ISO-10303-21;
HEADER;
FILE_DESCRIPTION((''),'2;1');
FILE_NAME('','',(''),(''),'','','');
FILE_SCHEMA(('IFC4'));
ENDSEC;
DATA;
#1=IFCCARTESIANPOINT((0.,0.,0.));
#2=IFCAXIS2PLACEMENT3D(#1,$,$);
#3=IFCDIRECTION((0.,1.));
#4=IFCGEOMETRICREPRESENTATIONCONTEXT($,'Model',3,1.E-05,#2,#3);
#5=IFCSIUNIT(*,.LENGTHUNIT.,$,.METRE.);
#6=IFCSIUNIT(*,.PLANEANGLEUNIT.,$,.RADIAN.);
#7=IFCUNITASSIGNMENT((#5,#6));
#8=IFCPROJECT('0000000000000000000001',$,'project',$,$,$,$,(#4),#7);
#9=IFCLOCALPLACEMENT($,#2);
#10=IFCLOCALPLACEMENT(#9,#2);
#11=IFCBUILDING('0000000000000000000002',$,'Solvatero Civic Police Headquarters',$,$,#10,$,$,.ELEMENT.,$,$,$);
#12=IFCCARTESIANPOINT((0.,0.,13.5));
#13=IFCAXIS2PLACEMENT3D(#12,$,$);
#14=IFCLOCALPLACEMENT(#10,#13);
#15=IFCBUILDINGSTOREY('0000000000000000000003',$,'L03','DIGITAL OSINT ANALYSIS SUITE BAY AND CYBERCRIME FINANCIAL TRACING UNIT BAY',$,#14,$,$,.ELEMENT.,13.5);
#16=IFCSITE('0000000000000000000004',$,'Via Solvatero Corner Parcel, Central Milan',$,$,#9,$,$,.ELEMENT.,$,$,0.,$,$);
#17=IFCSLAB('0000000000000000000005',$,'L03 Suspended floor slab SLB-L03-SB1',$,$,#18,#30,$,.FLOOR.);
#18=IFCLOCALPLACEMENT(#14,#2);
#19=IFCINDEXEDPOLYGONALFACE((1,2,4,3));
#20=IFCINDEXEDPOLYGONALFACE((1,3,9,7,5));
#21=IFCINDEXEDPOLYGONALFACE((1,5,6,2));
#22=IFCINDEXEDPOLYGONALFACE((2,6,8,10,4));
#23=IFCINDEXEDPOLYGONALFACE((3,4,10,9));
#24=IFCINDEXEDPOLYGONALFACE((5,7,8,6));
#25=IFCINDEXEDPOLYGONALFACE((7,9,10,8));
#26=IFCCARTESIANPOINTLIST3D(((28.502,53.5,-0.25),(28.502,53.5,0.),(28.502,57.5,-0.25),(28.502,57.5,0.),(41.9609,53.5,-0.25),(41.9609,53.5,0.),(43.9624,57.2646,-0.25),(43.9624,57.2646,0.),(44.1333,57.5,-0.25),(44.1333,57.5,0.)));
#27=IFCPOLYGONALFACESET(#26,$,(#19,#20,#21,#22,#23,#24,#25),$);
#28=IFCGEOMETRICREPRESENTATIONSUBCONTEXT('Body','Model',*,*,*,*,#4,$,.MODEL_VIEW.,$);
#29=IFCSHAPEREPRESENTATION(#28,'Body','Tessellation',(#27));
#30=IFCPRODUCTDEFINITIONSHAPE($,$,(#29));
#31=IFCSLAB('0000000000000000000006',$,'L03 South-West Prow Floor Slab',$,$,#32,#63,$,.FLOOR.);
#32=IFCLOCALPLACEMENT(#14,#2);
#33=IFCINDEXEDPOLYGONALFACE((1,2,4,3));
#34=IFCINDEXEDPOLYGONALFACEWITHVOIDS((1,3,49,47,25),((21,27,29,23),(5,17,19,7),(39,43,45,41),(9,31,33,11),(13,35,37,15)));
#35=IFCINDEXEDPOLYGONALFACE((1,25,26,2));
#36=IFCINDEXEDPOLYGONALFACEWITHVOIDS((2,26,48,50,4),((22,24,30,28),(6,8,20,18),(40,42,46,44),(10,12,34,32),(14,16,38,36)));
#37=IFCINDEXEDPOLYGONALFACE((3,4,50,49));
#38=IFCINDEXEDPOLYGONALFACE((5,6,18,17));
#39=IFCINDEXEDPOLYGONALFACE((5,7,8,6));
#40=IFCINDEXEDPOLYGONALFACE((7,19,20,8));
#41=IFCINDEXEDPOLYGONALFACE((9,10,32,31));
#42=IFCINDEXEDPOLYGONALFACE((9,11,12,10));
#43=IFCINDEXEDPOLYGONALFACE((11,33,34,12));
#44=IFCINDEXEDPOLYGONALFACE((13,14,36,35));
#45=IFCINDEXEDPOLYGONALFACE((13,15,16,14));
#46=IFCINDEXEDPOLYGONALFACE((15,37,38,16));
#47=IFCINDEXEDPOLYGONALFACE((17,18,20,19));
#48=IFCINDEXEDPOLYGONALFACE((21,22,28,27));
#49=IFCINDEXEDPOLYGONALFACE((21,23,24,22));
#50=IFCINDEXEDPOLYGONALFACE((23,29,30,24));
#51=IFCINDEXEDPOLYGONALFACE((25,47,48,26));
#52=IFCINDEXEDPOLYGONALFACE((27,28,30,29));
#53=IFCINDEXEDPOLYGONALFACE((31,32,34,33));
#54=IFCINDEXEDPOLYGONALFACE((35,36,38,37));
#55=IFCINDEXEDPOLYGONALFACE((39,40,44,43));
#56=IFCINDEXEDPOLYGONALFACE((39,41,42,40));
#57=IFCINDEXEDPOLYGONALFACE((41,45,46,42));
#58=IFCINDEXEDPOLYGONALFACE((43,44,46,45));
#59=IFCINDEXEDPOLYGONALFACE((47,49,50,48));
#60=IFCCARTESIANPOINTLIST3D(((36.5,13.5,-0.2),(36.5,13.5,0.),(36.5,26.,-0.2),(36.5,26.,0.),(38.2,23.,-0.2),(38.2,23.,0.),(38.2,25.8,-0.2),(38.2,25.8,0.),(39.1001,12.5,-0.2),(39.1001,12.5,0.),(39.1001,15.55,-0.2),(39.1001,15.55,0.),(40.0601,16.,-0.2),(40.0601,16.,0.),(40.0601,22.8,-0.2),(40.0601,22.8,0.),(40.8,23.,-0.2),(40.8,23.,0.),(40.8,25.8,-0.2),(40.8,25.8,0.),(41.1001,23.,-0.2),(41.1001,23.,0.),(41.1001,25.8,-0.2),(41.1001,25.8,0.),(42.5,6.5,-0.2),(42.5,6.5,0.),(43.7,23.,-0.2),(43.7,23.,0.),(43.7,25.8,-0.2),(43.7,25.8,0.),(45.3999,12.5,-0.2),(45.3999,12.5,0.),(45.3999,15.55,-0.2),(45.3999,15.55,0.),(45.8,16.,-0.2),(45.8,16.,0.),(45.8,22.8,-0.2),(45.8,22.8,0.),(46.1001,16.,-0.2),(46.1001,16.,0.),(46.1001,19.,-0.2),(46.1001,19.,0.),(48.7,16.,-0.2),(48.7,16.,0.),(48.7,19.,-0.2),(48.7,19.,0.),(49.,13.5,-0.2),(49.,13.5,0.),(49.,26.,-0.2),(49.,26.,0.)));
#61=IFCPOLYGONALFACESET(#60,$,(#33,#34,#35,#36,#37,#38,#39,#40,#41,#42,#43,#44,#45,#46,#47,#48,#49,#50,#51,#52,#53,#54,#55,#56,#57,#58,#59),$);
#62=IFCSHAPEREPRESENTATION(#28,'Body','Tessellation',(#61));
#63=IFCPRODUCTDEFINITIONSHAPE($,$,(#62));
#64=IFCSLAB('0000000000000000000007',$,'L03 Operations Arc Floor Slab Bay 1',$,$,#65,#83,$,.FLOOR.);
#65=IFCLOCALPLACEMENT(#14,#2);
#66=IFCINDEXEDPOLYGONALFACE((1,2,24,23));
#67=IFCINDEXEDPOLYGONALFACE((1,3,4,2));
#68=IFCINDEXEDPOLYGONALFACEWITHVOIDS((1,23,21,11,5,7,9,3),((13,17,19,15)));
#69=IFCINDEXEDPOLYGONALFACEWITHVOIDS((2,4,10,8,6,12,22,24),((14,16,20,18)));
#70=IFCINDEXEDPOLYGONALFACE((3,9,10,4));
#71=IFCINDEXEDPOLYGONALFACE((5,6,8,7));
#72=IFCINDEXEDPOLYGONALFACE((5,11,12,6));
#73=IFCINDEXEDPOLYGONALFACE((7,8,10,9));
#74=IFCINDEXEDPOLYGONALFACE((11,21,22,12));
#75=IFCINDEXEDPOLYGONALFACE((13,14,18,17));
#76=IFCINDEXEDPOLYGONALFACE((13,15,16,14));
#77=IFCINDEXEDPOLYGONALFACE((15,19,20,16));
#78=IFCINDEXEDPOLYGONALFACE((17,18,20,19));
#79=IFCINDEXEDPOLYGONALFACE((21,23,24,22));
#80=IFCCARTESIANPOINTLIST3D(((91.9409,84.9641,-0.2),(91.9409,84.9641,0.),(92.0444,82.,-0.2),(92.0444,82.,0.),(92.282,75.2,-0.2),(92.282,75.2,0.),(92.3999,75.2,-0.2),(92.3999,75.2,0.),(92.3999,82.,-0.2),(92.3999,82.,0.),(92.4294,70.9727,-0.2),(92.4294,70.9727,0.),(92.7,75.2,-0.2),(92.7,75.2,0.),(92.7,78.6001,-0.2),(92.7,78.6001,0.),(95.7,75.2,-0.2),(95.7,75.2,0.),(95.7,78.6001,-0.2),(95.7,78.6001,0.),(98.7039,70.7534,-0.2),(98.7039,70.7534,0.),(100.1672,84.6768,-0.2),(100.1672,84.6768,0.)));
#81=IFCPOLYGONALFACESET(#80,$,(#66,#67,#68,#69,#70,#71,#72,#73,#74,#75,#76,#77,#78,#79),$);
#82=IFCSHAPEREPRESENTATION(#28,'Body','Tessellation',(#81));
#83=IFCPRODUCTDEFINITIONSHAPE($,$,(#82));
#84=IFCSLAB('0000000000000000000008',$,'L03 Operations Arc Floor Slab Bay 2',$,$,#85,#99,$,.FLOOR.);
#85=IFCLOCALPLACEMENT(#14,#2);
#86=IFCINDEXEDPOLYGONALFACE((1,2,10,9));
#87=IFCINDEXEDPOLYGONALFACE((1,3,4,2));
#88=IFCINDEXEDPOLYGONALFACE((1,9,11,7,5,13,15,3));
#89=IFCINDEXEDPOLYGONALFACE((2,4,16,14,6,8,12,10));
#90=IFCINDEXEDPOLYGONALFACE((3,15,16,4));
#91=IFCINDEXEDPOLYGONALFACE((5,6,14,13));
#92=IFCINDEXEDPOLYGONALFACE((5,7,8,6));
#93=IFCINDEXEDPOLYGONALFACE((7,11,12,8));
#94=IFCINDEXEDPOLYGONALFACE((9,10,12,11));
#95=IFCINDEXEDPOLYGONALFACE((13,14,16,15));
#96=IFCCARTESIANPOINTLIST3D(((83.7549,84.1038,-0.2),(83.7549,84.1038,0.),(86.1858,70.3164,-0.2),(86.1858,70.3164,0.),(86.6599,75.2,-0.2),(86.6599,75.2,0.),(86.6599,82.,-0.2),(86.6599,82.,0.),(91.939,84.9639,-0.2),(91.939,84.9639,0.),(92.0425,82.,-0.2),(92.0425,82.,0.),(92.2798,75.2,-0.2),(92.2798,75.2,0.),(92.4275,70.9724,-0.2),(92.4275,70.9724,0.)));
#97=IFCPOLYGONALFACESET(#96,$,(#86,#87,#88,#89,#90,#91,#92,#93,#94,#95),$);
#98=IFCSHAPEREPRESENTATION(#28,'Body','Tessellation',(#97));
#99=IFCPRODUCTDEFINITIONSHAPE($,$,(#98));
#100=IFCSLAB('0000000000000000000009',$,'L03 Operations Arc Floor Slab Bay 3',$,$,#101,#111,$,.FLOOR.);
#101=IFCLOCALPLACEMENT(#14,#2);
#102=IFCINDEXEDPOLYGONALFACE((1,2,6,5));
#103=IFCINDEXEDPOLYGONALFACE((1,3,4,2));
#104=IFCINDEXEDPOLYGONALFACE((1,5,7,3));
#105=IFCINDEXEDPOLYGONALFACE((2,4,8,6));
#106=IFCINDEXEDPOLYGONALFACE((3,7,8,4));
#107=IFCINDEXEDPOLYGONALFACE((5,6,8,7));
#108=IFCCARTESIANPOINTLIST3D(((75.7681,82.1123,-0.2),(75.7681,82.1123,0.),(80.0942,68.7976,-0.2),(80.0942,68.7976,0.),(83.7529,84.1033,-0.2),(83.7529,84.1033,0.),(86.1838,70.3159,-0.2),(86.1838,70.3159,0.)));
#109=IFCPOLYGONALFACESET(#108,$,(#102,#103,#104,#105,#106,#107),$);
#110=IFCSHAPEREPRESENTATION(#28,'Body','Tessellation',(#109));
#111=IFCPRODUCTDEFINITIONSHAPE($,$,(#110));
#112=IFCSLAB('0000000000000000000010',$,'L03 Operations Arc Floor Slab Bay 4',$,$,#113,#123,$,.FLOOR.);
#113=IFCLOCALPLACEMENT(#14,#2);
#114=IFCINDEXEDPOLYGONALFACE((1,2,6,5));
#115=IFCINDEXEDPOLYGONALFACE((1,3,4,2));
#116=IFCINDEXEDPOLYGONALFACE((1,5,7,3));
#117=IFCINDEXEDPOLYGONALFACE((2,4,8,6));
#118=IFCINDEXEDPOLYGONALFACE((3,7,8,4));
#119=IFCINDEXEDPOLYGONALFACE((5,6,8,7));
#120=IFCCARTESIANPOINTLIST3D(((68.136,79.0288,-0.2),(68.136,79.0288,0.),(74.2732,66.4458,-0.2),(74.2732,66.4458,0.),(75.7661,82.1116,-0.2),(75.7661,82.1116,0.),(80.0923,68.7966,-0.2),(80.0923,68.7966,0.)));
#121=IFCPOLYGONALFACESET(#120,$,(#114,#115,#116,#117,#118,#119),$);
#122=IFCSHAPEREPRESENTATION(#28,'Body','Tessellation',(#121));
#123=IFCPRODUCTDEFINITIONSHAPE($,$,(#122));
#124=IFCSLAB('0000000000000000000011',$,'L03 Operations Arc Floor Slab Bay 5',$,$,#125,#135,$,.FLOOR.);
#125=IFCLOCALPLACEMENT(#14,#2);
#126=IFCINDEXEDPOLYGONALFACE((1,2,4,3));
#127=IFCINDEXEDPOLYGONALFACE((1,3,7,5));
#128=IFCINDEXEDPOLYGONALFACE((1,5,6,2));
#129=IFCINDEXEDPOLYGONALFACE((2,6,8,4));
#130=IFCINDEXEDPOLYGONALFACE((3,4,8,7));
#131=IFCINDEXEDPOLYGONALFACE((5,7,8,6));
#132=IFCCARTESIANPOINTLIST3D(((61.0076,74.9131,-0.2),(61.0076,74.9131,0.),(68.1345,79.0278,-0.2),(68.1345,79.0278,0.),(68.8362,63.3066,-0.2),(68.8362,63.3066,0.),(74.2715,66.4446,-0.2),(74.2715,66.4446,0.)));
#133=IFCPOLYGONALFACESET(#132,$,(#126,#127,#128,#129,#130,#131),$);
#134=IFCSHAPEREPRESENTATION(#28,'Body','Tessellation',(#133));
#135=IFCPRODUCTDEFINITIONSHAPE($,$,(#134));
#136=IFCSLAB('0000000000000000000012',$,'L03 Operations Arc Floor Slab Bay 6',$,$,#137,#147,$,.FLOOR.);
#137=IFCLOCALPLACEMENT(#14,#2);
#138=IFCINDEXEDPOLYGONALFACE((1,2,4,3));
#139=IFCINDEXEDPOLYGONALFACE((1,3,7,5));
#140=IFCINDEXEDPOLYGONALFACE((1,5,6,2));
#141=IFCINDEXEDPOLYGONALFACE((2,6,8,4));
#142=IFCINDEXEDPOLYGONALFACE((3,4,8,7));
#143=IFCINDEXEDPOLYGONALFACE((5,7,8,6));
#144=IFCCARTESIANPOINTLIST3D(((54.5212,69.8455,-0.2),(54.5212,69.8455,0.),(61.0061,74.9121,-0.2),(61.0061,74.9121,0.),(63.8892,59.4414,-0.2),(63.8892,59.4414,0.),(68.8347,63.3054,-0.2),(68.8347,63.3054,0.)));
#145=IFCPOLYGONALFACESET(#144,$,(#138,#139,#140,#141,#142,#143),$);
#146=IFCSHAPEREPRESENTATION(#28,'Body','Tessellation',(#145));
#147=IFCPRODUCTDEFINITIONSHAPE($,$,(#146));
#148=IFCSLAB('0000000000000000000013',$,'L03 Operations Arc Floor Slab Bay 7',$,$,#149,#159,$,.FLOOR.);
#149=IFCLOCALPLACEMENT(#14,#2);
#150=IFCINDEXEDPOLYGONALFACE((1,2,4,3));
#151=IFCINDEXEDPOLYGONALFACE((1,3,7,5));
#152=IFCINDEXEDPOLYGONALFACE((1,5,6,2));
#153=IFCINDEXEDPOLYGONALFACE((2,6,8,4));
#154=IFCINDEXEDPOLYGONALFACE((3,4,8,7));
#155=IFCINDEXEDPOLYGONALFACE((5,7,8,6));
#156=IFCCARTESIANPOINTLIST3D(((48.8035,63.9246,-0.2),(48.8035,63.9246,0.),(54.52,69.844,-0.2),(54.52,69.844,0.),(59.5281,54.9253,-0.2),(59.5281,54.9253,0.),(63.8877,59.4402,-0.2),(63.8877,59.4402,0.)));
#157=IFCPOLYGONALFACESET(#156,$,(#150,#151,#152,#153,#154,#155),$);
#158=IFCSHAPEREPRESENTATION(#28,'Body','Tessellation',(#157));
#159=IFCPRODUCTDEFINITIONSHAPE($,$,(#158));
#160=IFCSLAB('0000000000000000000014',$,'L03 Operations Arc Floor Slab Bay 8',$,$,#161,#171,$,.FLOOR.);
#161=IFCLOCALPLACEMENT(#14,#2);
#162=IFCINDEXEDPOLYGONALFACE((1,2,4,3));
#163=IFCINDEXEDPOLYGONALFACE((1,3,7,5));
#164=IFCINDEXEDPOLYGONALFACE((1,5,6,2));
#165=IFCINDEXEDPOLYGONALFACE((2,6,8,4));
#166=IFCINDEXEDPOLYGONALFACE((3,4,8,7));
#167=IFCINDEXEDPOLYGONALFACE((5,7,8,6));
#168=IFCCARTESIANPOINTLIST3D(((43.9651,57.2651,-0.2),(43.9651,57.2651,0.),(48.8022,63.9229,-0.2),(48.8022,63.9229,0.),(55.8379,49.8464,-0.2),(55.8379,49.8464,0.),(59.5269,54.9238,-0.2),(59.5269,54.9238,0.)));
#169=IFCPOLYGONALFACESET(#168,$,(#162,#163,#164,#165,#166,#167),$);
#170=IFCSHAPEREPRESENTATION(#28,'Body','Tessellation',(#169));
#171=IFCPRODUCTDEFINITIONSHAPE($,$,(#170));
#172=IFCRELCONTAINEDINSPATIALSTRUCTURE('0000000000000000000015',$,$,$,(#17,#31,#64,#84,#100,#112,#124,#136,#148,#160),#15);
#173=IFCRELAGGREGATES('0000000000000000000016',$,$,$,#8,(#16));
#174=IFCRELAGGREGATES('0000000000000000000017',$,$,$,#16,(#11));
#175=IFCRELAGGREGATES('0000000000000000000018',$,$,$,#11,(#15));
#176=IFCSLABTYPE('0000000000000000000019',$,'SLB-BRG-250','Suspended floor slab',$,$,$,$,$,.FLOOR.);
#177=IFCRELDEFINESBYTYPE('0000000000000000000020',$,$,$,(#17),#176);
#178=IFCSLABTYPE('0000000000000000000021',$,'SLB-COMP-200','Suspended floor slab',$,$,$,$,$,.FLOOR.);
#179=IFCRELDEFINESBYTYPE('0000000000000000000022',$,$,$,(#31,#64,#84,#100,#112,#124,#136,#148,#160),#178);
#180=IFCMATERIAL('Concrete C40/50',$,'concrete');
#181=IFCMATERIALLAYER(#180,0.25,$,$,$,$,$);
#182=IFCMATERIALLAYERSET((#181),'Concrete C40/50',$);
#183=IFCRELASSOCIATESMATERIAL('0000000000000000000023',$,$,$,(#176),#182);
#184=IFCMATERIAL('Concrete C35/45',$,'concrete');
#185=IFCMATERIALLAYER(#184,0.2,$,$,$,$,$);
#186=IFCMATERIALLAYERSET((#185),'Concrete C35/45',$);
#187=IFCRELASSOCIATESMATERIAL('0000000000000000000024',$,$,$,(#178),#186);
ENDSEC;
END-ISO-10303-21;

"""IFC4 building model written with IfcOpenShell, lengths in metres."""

from ifc_helpers import new_model, si_unit, direction, frame, origin, place, context, subcontext, project, spatial, polyline, outline, extrude, material, layer, layer_set, type_object, element, save


model = new_model("IFC4")

# Units and contexts
model_context = context("Model", 3, precision=1e-05, world=origin(), true_north=direction((0.0, 1.0)))
body_context = subcontext(model_context, "Body", "Model", "MODEL_VIEW")
ifc_project = project(units=[si_unit("LENGTHUNIT", "METRE"), si_unit("PLANEANGLEUNIT", "RADIAN")], contexts=[model_context])

# Site, building, storey
site_placement = place(None, origin())
site = spatial("IfcSite", under=ifc_project, at=site_placement, Name="Via Solvatero Corner Parcel, Central Milan", CompositionType="ELEMENT", RefElevation=0.0)
building_placement = place(site_placement, origin())
building = spatial("IfcBuilding", under=site, at=building_placement, Name="Solvatero Civic Police Headquarters", CompositionType="ELEMENT")
storey_placement = place(building_placement, frame((0.0, 0.0, 13.5)))
storey = spatial("IfcBuildingStorey", under=building, at=storey_placement, Name="L03", Description="DIGITAL OSINT ANALYSIS SUITE BAY AND CYBERCRIME FINANCIAL TRACING UNIT BAY", CompositionType="ELEMENT", Elevation=13.5)

# Slabs
ifc_material_1 = material(Name="Concrete C40/50", Category="concrete")
ifc_layer_1 = layer(ifc_material_1, 0.25)
ifc_layer_set_1 = layer_set([ifc_layer_1], Name="Concrete C40/50")
slab_type_1 = type_object("IfcSlabType", Name="SLB-BRG-250", Description="Suspended floor slab", PredefinedType="FLOOR", material=ifc_layer_set_1)
slab_1_placement = place(storey_placement, frame((0.0, 0.0, -0.25)))
element("IfcSlab", 1, at=slab_1_placement, inside=storey, type_object=slab_type_1, Name="L03 Suspended floor slab SLB-L03-SB1", PredefinedType="FLOOR", context=body_context, shape_type="SweptSolid", body=[
    extrude(outline(polyline([(44.1333, 57.5), (43.9624, 57.2646), (41.9609, 53.5), (28.502, 53.5), (28.502, 57.5), (44.1333, 57.5)])), origin(), (0.0, 0.0, 1.0), 0.25),
])
ifc_material_2 = material(Name="Concrete C35/45", Category="concrete")
ifc_layer_2 = layer(ifc_material_2, 0.2)
ifc_layer_set_2 = layer_set([ifc_layer_2], Name="Concrete C35/45")
slab_type_2 = type_object("IfcSlabType", Name="SLB-COMP-200", Description="Suspended floor slab", PredefinedType="FLOOR", material=ifc_layer_set_2)
slab_2_placement = place(storey_placement, frame((0.0, 0.0, -0.2)))
element("IfcSlab", 2, at=slab_2_placement, inside=storey, type_object=slab_type_2, Name="L03 South-West Prow Floor Slab", PredefinedType="FLOOR", context=body_context, shape_type="SweptSolid", body=[
    extrude(outline(polyline([(49.0, 13.5), (42.5, 6.5), (36.5, 13.5), (36.5, 26.0), (49.0, 26.0), (49.0, 13.5)]), holes=[polyline([(39.1001, 12.5), (45.3999, 12.5), (45.3999, 15.55), (39.1001, 15.55), (39.1001, 12.5)]), polyline([(46.1001, 16.0), (48.7, 16.0), (48.7, 19.0), (46.1001, 19.0), (46.1001, 16.0)]), polyline([(40.0601, 16.0), (45.8, 16.0), (45.8, 22.8), (40.0601, 22.8), (40.0601, 16.0)]), polyline([(38.2, 25.8), (38.2, 23.0), (40.8, 23.0), (40.8, 25.8), (38.2, 25.8)]), polyline([(41.1001, 25.8), (41.1001, 23.0), (43.7, 23.0), (43.7, 25.8), (41.1001, 25.8)])]), origin(), (0.0, 0.0, 1.0), 0.2),
])
slab_3_placement = place(storey_placement, frame((0.0, 0.0, -0.2)))
element("IfcSlab", 3, at=slab_3_placement, inside=storey, type_object=slab_type_2, Name="L03 Operations Arc Floor Slab Bay 1", PredefinedType="FLOOR", context=body_context, shape_type="SweptSolid", body=[
    extrude(outline(polyline([(98.7039, 70.7534), (92.4294, 70.9727), (92.282, 75.2), (92.3999, 75.2), (92.3999, 82.0), (92.0444, 82.0), (91.9409, 84.9641), (100.1672, 84.6768), (98.7039, 70.7534)]), holes=[polyline([(92.7, 75.2), (95.7, 75.2), (95.7, 78.6001), (92.7, 78.6001), (92.7, 75.2)])]), origin(), (0.0, 0.0, 1.0), 0.2),
])
slab_4_placement = place(storey_placement, frame((0.0, 0.0, -0.2)))
element("IfcSlab", 4, at=slab_4_placement, inside=storey, type_object=slab_type_2, Name="L03 Operations Arc Floor Slab Bay 2", PredefinedType="FLOOR", context=body_context, shape_type="SweptSolid", body=[
    extrude(outline(polyline([(83.7549, 84.1038), (91.939, 84.9639), (92.0425, 82.0), (86.6599, 82.0), (86.6599, 75.2), (92.2798, 75.2), (92.4275, 70.9724), (86.1858, 70.3164), (83.7549, 84.1038)])), origin(), (0.0, 0.0, 1.0), 0.2),
])
slab_5_placement = place(storey_placement, frame((0.0, 0.0, -0.2)))
element("IfcSlab", 5, at=slab_5_placement, inside=storey, type_object=slab_type_2, Name="L03 Operations Arc Floor Slab Bay 3", PredefinedType="FLOOR", context=body_context, shape_type="SweptSolid", body=[
    extrude(outline(polyline([(83.7529, 84.1033), (86.1838, 70.3159), (80.0942, 68.7976), (75.7681, 82.1123), (83.7529, 84.1033)])), origin(), (0.0, 0.0, 1.0), 0.2),
])
slab_6_placement = place(storey_placement, frame((0.0, 0.0, -0.2)))
element("IfcSlab", 6, at=slab_6_placement, inside=storey, type_object=slab_type_2, Name="L03 Operations Arc Floor Slab Bay 4", PredefinedType="FLOOR", context=body_context, shape_type="SweptSolid", body=[
    extrude(outline(polyline([(75.7661, 82.1116), (80.0923, 68.7966), (74.2732, 66.4458), (68.136, 79.0288), (75.7661, 82.1116)])), origin(), (0.0, 0.0, 1.0), 0.2),
])
slab_7_placement = place(storey_placement, frame((0.0, 0.0, -0.2)))
element("IfcSlab", 7, at=slab_7_placement, inside=storey, type_object=slab_type_2, Name="L03 Operations Arc Floor Slab Bay 5", PredefinedType="FLOOR", context=body_context, shape_type="SweptSolid", body=[
    extrude(outline(polyline([(68.1345, 79.0278), (74.2715, 66.4446), (68.8362, 63.3066), (61.0076, 74.9131), (68.1345, 79.0278)])), origin(), (0.0, 0.0, 1.0), 0.2),
])
slab_8_placement = place(storey_placement, frame((0.0, 0.0, -0.2)))
element("IfcSlab", 8, at=slab_8_placement, inside=storey, type_object=slab_type_2, Name="L03 Operations Arc Floor Slab Bay 6", PredefinedType="FLOOR", context=body_context, shape_type="SweptSolid", body=[
    extrude(outline(polyline([(61.0061, 74.9121), (68.8347, 63.3054), (63.8892, 59.4414), (54.5212, 69.8455), (61.0061, 74.9121)])), origin(), (0.0, 0.0, 1.0), 0.2),
])
slab_9_placement = place(storey_placement, frame((0.0, 0.0, -0.2)))
element("IfcSlab", 9, at=slab_9_placement, inside=storey, type_object=slab_type_2, Name="L03 Operations Arc Floor Slab Bay 7", PredefinedType="FLOOR", context=body_context, shape_type="SweptSolid", body=[
    extrude(outline(polyline([(54.52, 69.844), (63.8877, 59.4402), (59.5281, 54.9253), (48.8035, 63.9246), (54.52, 69.844)])), origin(), (0.0, 0.0, 1.0), 0.2),
])
slab_10_placement = place(storey_placement, frame((0.0, 0.0, -0.2)))
element("IfcSlab", 10, at=slab_10_placement, inside=storey, type_object=slab_type_2, Name="L03 Operations Arc Floor Slab Bay 8", PredefinedType="FLOOR", context=body_context, shape_type="SweptSolid", body=[
    extrude(outline(polyline([(48.8022, 63.9229), (59.5269, 54.9238), (55.8379, 49.8464), (43.9651, 57.2651), (48.8022, 63.9229)])), origin(), (0.0, 0.0, 1.0), 0.2),
])

save(model, "model.ifc")
